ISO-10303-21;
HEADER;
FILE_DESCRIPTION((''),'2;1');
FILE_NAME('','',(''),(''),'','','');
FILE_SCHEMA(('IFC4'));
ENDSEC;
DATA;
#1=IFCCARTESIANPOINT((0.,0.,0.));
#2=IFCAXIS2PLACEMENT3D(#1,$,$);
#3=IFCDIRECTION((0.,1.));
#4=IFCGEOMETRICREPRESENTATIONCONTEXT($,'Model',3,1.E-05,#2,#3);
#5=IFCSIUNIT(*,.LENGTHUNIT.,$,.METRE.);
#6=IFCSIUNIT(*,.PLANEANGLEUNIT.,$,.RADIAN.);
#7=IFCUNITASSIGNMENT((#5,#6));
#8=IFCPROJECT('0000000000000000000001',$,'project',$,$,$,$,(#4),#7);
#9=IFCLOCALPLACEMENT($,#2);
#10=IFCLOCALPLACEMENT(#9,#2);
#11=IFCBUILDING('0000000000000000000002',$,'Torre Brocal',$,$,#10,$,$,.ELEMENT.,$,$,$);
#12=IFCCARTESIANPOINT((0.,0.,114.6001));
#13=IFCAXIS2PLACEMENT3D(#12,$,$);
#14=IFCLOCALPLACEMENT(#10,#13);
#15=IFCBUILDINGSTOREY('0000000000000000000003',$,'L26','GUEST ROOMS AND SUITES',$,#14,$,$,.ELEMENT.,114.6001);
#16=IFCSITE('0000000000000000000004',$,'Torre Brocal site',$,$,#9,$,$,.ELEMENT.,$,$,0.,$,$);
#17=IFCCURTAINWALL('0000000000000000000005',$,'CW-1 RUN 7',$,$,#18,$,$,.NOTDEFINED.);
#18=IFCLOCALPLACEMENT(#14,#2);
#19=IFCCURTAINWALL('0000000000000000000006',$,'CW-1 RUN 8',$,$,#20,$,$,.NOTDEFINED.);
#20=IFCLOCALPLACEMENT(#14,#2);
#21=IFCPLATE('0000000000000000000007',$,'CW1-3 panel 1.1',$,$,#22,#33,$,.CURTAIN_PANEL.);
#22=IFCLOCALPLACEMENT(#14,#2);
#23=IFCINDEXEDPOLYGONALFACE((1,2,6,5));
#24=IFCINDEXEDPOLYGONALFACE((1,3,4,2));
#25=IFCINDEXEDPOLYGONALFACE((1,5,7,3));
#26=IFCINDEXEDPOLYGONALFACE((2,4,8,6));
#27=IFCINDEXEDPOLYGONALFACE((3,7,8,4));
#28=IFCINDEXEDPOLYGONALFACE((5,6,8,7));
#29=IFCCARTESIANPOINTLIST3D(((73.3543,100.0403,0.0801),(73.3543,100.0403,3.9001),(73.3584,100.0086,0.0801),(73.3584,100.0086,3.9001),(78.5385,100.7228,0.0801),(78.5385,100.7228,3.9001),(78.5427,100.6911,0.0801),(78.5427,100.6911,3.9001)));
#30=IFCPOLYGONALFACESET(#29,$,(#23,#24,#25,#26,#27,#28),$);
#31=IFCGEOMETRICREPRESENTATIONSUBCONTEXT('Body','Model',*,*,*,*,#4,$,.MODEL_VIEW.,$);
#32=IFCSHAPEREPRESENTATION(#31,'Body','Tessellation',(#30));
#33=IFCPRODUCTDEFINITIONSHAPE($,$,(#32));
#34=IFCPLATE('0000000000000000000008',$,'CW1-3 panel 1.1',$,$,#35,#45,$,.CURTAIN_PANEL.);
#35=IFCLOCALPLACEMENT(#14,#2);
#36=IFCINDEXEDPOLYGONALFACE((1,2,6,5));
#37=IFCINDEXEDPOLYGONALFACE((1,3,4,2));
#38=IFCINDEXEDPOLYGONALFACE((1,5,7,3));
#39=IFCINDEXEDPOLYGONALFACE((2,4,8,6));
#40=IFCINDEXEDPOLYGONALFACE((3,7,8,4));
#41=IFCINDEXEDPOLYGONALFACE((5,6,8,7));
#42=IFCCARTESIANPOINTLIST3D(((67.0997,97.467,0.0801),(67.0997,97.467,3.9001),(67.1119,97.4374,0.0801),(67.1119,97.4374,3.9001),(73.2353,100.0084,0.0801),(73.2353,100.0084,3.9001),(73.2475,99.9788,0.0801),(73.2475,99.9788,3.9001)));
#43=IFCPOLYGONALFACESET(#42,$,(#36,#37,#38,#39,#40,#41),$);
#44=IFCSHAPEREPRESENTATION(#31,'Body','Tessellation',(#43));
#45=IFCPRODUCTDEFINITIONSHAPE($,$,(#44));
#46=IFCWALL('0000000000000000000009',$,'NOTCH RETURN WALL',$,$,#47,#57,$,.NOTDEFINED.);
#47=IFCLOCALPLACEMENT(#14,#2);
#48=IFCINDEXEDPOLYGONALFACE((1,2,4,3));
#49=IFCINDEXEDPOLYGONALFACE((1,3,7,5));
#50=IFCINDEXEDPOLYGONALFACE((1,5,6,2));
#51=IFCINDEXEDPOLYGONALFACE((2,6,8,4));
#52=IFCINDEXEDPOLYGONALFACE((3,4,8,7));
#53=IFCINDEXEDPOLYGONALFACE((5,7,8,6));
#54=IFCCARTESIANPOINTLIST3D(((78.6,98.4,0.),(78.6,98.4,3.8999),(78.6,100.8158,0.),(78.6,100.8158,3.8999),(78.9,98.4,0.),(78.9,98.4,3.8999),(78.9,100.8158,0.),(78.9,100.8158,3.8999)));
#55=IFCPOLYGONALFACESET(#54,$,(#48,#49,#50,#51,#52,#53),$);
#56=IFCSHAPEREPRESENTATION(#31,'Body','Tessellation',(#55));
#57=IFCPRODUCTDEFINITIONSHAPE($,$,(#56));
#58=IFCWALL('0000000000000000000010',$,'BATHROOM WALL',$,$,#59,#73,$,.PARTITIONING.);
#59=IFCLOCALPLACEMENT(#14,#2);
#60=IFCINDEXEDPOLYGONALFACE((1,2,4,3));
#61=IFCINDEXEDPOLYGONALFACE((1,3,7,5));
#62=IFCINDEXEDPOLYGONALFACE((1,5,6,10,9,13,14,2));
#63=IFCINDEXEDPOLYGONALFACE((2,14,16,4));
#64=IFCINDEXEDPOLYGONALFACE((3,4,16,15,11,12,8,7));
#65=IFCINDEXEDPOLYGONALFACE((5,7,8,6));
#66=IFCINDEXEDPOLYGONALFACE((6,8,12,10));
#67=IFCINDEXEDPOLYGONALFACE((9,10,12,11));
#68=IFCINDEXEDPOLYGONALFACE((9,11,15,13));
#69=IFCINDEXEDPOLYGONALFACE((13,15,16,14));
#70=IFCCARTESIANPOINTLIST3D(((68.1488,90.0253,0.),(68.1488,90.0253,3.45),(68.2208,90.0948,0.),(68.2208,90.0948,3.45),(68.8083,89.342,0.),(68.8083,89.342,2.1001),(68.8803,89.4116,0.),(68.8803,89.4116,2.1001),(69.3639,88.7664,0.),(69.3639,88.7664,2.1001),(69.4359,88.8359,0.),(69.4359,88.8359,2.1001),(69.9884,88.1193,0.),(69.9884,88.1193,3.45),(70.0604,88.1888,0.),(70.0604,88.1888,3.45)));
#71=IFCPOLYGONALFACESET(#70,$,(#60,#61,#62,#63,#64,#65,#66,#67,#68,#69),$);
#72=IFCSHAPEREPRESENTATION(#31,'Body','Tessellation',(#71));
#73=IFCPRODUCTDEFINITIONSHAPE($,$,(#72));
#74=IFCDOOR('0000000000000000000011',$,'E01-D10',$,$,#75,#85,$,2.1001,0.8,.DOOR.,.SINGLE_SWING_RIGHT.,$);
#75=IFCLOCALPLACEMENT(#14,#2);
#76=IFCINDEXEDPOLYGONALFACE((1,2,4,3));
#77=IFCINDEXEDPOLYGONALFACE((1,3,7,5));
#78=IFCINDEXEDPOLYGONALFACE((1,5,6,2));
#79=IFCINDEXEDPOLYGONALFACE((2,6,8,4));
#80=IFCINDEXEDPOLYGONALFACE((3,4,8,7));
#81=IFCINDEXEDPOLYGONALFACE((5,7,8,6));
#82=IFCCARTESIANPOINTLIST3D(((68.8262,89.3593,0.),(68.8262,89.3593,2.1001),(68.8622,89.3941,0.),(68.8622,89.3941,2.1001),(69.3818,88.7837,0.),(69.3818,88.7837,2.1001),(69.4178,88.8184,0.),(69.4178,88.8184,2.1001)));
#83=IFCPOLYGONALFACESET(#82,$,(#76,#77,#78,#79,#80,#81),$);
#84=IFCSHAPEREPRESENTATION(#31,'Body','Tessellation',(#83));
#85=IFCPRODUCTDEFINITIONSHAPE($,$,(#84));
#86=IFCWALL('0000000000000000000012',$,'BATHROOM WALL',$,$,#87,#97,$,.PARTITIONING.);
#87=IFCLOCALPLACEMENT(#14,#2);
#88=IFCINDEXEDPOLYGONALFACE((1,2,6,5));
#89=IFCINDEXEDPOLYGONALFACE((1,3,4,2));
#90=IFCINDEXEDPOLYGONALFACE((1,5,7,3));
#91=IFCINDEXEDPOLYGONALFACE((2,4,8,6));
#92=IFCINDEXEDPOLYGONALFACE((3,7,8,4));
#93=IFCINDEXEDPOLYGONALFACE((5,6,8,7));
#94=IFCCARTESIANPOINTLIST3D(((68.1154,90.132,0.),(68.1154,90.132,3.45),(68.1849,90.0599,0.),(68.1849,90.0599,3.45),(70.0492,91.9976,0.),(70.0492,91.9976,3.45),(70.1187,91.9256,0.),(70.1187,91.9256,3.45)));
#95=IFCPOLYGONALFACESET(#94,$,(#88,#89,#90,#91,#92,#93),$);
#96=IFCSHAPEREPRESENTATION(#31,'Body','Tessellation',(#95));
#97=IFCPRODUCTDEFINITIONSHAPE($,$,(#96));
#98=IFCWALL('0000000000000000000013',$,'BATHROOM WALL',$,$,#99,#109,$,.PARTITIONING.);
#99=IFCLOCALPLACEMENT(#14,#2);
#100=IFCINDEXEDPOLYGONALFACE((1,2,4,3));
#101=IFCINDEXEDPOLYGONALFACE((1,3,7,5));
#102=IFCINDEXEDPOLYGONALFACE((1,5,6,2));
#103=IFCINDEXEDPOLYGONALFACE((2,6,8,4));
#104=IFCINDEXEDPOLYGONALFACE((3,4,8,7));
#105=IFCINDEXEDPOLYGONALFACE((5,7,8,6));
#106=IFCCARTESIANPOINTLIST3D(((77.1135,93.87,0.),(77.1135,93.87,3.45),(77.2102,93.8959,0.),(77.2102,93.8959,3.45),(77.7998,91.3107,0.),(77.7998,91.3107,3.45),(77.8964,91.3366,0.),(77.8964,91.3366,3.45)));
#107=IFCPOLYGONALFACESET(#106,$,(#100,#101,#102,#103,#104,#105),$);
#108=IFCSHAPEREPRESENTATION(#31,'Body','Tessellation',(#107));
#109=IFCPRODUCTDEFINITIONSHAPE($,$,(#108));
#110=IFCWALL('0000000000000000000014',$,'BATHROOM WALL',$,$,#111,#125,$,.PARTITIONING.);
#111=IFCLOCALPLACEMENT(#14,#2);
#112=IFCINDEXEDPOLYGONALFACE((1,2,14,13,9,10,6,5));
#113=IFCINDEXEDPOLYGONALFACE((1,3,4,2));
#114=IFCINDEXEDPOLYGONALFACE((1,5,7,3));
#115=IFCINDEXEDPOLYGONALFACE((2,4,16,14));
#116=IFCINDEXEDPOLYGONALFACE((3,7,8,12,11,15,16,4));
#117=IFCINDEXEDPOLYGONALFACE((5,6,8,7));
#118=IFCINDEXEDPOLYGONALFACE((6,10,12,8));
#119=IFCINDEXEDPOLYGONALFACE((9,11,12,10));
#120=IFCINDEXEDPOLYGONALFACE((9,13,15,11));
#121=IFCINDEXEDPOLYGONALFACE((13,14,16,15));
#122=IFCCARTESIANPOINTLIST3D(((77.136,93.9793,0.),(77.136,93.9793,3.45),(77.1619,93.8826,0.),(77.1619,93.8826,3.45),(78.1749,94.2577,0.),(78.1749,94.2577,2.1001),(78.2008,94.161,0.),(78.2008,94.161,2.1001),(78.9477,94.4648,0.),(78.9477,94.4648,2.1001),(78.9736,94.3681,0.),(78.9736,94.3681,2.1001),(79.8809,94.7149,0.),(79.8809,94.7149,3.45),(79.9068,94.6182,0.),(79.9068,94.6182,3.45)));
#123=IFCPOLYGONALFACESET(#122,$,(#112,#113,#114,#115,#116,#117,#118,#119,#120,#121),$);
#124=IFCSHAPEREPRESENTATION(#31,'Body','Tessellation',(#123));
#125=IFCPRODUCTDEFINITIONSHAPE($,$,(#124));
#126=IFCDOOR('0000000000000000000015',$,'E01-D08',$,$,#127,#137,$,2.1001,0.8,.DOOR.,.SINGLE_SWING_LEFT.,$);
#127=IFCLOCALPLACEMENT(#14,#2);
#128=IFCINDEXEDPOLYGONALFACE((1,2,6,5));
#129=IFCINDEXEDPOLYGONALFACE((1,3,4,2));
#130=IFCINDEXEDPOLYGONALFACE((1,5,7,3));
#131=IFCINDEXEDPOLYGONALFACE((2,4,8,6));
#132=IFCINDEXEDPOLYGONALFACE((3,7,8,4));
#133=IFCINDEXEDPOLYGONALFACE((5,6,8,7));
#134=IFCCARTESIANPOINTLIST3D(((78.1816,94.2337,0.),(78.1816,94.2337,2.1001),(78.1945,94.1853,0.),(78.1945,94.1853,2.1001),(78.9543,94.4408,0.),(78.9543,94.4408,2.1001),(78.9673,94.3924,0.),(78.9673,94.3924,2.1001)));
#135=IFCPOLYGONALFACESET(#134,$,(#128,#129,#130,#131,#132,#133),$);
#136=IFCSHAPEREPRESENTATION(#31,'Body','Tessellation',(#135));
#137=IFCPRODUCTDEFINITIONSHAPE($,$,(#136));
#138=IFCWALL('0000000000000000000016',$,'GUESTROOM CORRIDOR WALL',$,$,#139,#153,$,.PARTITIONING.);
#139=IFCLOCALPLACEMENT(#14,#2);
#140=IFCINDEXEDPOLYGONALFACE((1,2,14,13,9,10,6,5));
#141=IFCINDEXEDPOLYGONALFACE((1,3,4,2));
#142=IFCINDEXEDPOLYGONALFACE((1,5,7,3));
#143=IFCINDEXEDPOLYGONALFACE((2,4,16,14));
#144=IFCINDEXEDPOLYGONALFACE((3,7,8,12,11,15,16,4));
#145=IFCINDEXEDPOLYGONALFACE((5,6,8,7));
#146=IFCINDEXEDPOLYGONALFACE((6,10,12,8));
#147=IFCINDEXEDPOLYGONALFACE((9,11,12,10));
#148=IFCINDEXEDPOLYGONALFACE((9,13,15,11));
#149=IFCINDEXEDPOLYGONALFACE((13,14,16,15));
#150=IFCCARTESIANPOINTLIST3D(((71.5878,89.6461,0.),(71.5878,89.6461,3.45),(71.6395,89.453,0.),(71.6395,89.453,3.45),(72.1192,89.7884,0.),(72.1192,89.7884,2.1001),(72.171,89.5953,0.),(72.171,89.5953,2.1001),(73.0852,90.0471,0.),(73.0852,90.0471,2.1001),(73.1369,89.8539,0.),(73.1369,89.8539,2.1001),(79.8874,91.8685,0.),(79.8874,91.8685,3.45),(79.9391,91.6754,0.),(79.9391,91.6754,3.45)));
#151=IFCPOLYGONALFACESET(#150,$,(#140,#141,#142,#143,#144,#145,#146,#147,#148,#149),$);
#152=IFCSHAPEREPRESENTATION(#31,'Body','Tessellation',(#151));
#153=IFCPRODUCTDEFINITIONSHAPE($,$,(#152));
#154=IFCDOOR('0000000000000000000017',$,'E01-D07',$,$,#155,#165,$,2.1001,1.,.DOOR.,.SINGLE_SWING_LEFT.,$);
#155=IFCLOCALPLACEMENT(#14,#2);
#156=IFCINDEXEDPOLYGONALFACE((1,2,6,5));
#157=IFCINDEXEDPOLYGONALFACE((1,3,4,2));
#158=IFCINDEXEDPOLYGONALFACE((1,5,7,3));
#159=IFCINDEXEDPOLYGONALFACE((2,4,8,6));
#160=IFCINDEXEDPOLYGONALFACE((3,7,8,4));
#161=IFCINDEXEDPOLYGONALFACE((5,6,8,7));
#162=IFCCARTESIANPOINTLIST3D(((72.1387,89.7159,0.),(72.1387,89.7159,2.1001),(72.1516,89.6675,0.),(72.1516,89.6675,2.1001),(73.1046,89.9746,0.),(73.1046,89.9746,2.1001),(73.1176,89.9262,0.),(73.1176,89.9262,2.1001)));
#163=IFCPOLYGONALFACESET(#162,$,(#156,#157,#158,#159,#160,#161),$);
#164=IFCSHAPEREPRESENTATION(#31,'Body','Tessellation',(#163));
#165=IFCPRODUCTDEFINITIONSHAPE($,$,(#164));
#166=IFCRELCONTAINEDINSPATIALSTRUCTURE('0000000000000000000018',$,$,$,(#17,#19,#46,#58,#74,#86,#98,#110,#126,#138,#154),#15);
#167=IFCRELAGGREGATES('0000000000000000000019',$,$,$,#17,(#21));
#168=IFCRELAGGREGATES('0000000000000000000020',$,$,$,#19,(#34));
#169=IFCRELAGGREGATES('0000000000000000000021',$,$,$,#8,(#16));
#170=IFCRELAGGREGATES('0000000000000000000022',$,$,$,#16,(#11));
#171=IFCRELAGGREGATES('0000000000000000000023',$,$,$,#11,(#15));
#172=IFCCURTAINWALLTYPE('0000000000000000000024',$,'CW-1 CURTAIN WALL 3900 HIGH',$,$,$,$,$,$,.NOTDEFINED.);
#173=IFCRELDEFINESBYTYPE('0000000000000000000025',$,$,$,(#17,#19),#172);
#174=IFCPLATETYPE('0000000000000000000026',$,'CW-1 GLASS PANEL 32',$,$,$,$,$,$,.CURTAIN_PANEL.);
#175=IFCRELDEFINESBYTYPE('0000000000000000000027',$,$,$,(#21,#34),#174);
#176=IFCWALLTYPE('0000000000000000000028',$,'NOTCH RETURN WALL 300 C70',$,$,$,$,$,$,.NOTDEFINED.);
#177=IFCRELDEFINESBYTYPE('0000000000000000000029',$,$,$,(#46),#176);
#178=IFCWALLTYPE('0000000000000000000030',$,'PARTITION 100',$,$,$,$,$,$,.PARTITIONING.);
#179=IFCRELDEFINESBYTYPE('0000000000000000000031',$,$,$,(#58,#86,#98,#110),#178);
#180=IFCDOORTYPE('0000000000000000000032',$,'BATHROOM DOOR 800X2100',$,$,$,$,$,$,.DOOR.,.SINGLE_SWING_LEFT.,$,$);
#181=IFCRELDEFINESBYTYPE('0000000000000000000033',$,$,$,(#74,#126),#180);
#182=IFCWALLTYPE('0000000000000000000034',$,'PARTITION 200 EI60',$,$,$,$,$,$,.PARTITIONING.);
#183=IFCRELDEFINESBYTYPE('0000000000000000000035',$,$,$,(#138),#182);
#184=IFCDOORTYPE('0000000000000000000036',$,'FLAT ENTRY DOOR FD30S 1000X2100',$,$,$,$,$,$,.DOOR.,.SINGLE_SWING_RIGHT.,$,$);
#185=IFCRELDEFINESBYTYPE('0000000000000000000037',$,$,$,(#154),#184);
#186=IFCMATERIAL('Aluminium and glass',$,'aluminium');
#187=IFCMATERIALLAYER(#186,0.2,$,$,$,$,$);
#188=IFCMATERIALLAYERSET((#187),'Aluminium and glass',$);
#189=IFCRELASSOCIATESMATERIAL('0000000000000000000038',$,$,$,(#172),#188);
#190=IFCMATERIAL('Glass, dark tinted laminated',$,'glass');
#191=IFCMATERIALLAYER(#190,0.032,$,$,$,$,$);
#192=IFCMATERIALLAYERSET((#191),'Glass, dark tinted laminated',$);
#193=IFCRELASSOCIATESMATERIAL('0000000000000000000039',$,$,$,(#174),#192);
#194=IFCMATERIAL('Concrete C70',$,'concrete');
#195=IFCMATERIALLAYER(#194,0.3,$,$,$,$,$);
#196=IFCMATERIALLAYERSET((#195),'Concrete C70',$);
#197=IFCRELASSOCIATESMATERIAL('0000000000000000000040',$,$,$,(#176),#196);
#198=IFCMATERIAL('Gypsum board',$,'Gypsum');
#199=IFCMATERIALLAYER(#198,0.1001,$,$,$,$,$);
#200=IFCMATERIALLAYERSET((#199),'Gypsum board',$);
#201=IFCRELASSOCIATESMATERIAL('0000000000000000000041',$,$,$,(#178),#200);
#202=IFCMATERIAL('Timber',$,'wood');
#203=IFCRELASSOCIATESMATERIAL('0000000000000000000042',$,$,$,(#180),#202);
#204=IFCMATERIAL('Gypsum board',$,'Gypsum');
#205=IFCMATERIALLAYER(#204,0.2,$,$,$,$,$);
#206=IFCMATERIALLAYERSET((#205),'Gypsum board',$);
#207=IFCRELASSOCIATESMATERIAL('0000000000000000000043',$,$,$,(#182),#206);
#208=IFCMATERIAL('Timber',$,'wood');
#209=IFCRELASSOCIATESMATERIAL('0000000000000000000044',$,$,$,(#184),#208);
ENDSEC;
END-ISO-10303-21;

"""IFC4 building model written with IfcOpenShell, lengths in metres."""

from ifc_helpers import new_model, si_unit, direction, frame, frame_2d, origin, origin_2d, place, context, subcontext, project, spatial, rectangle, extrude, material, layer, layer_set, type_object, element, fill, aggregate, save


model = new_model("IFC4")

# Units and contexts
model_context = context("Model", 3, precision=1e-05, world=origin(), true_north=direction((0.0, 1.0)))
body_context = subcontext(model_context, "Body", "Model", "MODEL_VIEW")
ifc_project = project(units=[si_unit("LENGTHUNIT", "METRE"), si_unit("PLANEANGLEUNIT", "RADIAN")], contexts=[model_context])

# Site, building, storey
site_placement = place(None, origin())
site = spatial("IfcSite", under=ifc_project, at=site_placement, Name="Torre Brocal site", CompositionType="ELEMENT", RefElevation=0.0)
building_placement = place(site_placement, origin())
building = spatial("IfcBuilding", under=site, at=building_placement, Name="Torre Brocal", CompositionType="ELEMENT")
storey_placement = place(building_placement, frame((0.0, 0.0, 114.6001)))
storey = spatial("IfcBuildingStorey", under=building, at=storey_placement, Name="L26", Description="GUEST ROOMS AND SUITES", CompositionType="ELEMENT", Elevation=114.6001)

# Curtain wall
ifc_material_1 = material(Name="Aluminium and glass", Category="aluminium")
ifc_layer_1 = layer(ifc_material_1, 0.2)
ifc_layer_set_1 = layer_set([ifc_layer_1], Name="Aluminium and glass")
curtain_wall_type = type_object("IfcCurtainWallType", Name="CW-1 CURTAIN WALL 3900 HIGH", PredefinedType="NOTDEFINED", material=ifc_layer_set_1)
curtain_wall_1_placement = place(storey_placement, origin())
curtain_wall_1 = element("IfcCurtainWall", 1, at=curtain_wall_1_placement, inside=storey, type_object=curtain_wall_type, Name="CW-1 RUN 7", PredefinedType="NOTDEFINED")

# Curtain wall
curtain_wall_2_placement = place(storey_placement, origin())
curtain_wall_2 = element("IfcCurtainWall", 2, at=curtain_wall_2_placement, inside=storey, type_object=curtain_wall_type, Name="CW-1 RUN 8", PredefinedType="NOTDEFINED")

# Plates
ifc_material_2 = material(Name="Glass, dark tinted laminated", Category="glass")
ifc_layer_2 = layer(ifc_material_2, 0.032)
ifc_layer_set_2 = layer_set([ifc_layer_2], Name="Glass, dark tinted laminated")
plate_type = type_object("IfcPlateType", Name="CW-1 GLASS PANEL 32", PredefinedType="CURTAIN_PANEL", material=ifc_layer_set_2)
plate_1_placement = place(storey_placement, frame((75.9485, 100.3657, 0.0801), z_axis=(0.0, 0.0, 1.0), x_axis=(-0.991445, -0.130526, 0.0)))
plate_1 = element("IfcPlate", 3, at=plate_1_placement, type_object=plate_type, Name="CW1-3 panel 1.1", PredefinedType="CURTAIN_PANEL", context=body_context, shape_type="SweptSolid", body=[
    extrude(rectangle(XDim=5.229, YDim=0.032, at=origin_2d()), origin(), (0.0, 0.0, 1.0), 3.8201),
])
aggregate(curtain_wall_1, [plate_1])
plate_2_placement = place(storey_placement, frame((70.1736, 98.7229, 0.0801), z_axis=(0.0, 0.0, 1.0), x_axis=(-0.92388, -0.382683, 0.0)))
plate_2 = element("IfcPlate", 4, at=plate_2_placement, type_object=plate_type, Name="CW1-3 panel 1.1", PredefinedType="CURTAIN_PANEL", context=body_context, shape_type="SweptSolid", body=[
    extrude(rectangle(XDim=6.6411, YDim=0.032, at=origin_2d()), origin(), (0.0, 0.0, 1.0), 3.8201),
])
aggregate(curtain_wall_2, [plate_2])

# Wall
ifc_material_3 = material(Name="Concrete C70", Category="concrete")
ifc_layer_3 = layer(ifc_material_3, 0.3)
ifc_layer_set_3 = layer_set([ifc_layer_3], Name="Concrete C70")
wall_type_1 = type_object("IfcWallType", Name="NOTCH RETURN WALL 300 C70", PredefinedType="NOTDEFINED", material=ifc_layer_set_3)
wall_1_placement = place(storey_placement, frame((78.75, 98.3999, 0.0), z_axis=(0.0, 0.0, 1.0), x_axis=(0.0, 1.0, 0.0)))
element("IfcWall", 5, at=wall_1_placement, inside=storey, type_object=wall_type_1, Name="NOTCH RETURN WALL", PredefinedType="NOTDEFINED", context=body_context, shape_type="SweptSolid", body=[
    extrude(rectangle(XDim=2.4158, YDim=0.3, at=frame_2d((1.208, 0.0))), origin(), (0.0, 0.0, 1.0), 3.8999),
])

# Wall, opening, door
ifc_material_4 = material(Name="Gypsum board", Category="Gypsum")
ifc_layer_4 = layer(ifc_material_4, 0.1001)
ifc_layer_set_4 = layer_set([ifc_layer_4], Name="Gypsum board")
wall_type_2 = type_object("IfcWallType", Name="PARTITION 100", PredefinedType="PARTITIONING", material=ifc_layer_set_4)
wall_2_placement = place(storey_placement, frame((68.1848, 90.0601, 0.0), z_axis=(0.0, 0.0, 1.0), x_axis=(0.694461, -0.71953, 0.0)))
wall_2 = element("IfcWall", 6, at=wall_2_placement, inside=storey, type_object=wall_type_2, Name="BATHROOM WALL", PredefinedType="PARTITIONING", context=body_context, shape_type="SweptSolid", body=[
    extrude(rectangle(XDim=2.6489, YDim=0.1001, at=frame_2d((1.3245, 0.0))), origin(), (0.0, 0.0, 1.0), 3.45),
])
opening_1_placement = place(wall_2_placement, frame((0.9497, 0.0, 0.0)))
opening_1 = element("IfcOpeningElement", 7, at=opening_1_placement, cuts=wall_2, PredefinedType="OPENING", context=body_context, shape_type="SweptSolid", body=[
    extrude(rectangle(XDim=0.8, YDim=2.1001, at=frame_2d((0.3999, 1.05))), frame((0.0, 0.0601, 0.0), z_axis=(0.0, -1.0, 0.0), x_axis=(1.0, 0.0, 0.0)), (0.0, 0.0, 1.0), 0.1201),
])
ifc_material_5 = material(Name="Timber", Category="wood")
door_type_1 = type_object("IfcDoorType", Name="BATHROOM DOOR 800X2100", OperationType="SINGLE_SWING_LEFT", PredefinedType="DOOR", material=ifc_material_5)
door_1_placement = place(opening_1_placement, origin())
door_1 = element("IfcDoor", 8, at=door_1_placement, inside=storey, type_object=door_type_1, Name="E01-D10", OperationType="SINGLE_SWING_RIGHT", OverallHeight=2.1001, OverallWidth=0.8, PredefinedType="DOOR", context=body_context, shape_type="SweptSolid", body=[
    extrude(rectangle(XDim=0.8, YDim=2.1001, at=frame_2d((0.3999, 1.05))), frame((0.0, 0.0249, 0.0), z_axis=(0.0, -1.0, 0.0), x_axis=(1.0, 0.0, 0.0)), (0.0, 0.0, 1.0), 0.05),
])
fill(opening_1, door_1)

# Walls
wall_3_placement = place(storey_placement, frame((68.1501, 90.0959, 0.0), z_axis=(0.0, 0.0, 1.0), x_axis=(0.719668, 0.694319, 0.0)))
element("IfcWall", 9, at=wall_3_placement, inside=storey, type_object=wall_type_2, Name="BATHROOM WALL", PredefinedType="PARTITIONING", context=body_context, shape_type="SweptSolid", body=[
    extrude(rectangle(XDim=2.687, YDim=0.1001, at=frame_2d((1.3435, 0.0))), origin(), (0.0, 0.0, 1.0), 3.45),
])
wall_4_placement = place(storey_placement, frame((77.1619, 93.8828, 0.0), z_axis=(0.0, 0.0, 1.0), x_axis=(0.258999, -0.965878, 0.0)))
element("IfcWall", 10, at=wall_4_placement, inside=storey, type_object=wall_type_2, Name="BATHROOM WALL", PredefinedType="PARTITIONING", context=body_context, shape_type="SweptSolid", body=[
    extrude(rectangle(XDim=2.6497, YDim=0.1001, at=frame_2d((1.3247, 0.0))), origin(), (0.0, 0.0, 1.0), 3.45),
])

# Walls, openings, doors
wall_5_placement = place(storey_placement, frame((77.1489, 93.9309, 0.0), z_axis=(0.0, 0.0, 1.0), x_axis=(0.965916, 0.258855, 0.0)))
wall_5 = element("IfcWall", 11, at=wall_5_placement, inside=storey, type_object=wall_type_2, Name="BATHROOM WALL", PredefinedType="PARTITIONING", context=body_context, shape_type="SweptSolid", body=[
    extrude(rectangle(XDim=2.8418, YDim=0.1001, at=frame_2d((1.4209, 0.0))), origin(), (0.0, 0.0, 1.0), 3.45),
])
opening_2_placement = place(wall_5_placement, frame((1.0757, 0.0, 0.0)))
opening_2 = element("IfcOpeningElement", 12, at=opening_2_placement, cuts=wall_5, PredefinedType="OPENING", context=body_context, shape_type="SweptSolid", body=[
    extrude(rectangle(XDim=0.8, YDim=2.1001, at=frame_2d((0.3999, 1.05))), frame((0.0, 0.0601, 0.0), z_axis=(0.0, -1.0, 0.0), x_axis=(1.0, 0.0, 0.0)), (0.0, 0.0, 1.0), 0.1201),
])
door_2_placement = place(opening_2_placement, frame((0.8, 0.0, 0.0), z_axis=(0.0, 0.0, 1.0), x_axis=(-1.0, 0.0, 0.0)))
door_2 = element("IfcDoor", 13, at=door_2_placement, inside=storey, type_object=door_type_1, Name="E01-D08", OperationType="SINGLE_SWING_LEFT", OverallHeight=2.1001, OverallWidth=0.8, PredefinedType="DOOR", context=body_context, shape_type="SweptSolid", body=[
    extrude(rectangle(XDim=0.8, YDim=2.1001, at=frame_2d((0.3999, 1.05))), frame((0.0, 0.0249, 0.0), z_axis=(0.0, -1.0, 0.0), x_axis=(1.0, 0.0, 0.0)), (0.0, 0.0, 1.0), 0.05),
])
fill(opening_2, door_2)
ifc_material_6 = material(Name="Gypsum board", Category="Gypsum")
ifc_layer_5 = layer(ifc_material_6, 0.2)
ifc_layer_set_5 = layer_set([ifc_layer_5], Name="Gypsum board")
wall_type_3 = type_object("IfcWallType", Name="PARTITION 200 EI60", PredefinedType="PARTITIONING", material=ifc_layer_set_5)
wall_6_placement = place(storey_placement, frame((71.6138, 89.5496, 0.0), z_axis=(0.0, 0.0, 1.0), x_axis=(0.965968, 0.258662, 0.0)))
wall_6 = element("IfcWall", 14, at=wall_6_placement, inside=storey, type_object=wall_type_3, Name="GUESTROOM CORRIDOR WALL", PredefinedType="PARTITIONING", context=body_context, shape_type="SweptSolid", body=[
    extrude(rectangle(XDim=8.592, YDim=0.2, at=frame_2d((4.2959, 0.0))), origin(), (0.0, 0.0, 1.0), 3.45),
])
opening_3_placement = place(wall_6_placement, frame((0.55, 0.0, 0.0)))
opening_3 = element("IfcOpeningElement", 15, at=opening_3_placement, cuts=wall_6, PredefinedType="OPENING", context=body_context, shape_type="SweptSolid", body=[
    extrude(rectangle(XDim=1.0, YDim=2.1001, at=frame_2d((0.5, 1.05))), frame((0.0, 0.1099, 0.0), z_axis=(0.0, -1.0, 0.0), x_axis=(1.0, 0.0, 0.0)), (0.0, 0.0, 1.0), 0.22),
])
ifc_material_7 = material(Name="Timber", Category="wood")
door_type_2 = type_object("IfcDoorType", Name="FLAT ENTRY DOOR FD30S 1000X2100", OperationType="SINGLE_SWING_RIGHT", PredefinedType="DOOR", material=ifc_material_7)
door_3_placement = place(opening_3_placement, origin())
door_3 = element("IfcDoor", 16, at=door_3_placement, inside=storey, type_object=door_type_2, Name="E01-D07", OperationType="SINGLE_SWING_LEFT", OverallHeight=2.1001, OverallWidth=1.0, PredefinedType="DOOR", context=body_context, shape_type="SweptSolid", body=[
    extrude(rectangle(XDim=1.0, YDim=2.1001, at=frame_2d((0.5, 1.05))), frame((0.0, 0.0249, 0.0), z_axis=(0.0, -1.0, 0.0), x_axis=(1.0, 0.0, 0.0)), (0.0, 0.0, 1.0), 0.05),
])
fill(opening_3, door_3)

save(model, "model.ifc")
